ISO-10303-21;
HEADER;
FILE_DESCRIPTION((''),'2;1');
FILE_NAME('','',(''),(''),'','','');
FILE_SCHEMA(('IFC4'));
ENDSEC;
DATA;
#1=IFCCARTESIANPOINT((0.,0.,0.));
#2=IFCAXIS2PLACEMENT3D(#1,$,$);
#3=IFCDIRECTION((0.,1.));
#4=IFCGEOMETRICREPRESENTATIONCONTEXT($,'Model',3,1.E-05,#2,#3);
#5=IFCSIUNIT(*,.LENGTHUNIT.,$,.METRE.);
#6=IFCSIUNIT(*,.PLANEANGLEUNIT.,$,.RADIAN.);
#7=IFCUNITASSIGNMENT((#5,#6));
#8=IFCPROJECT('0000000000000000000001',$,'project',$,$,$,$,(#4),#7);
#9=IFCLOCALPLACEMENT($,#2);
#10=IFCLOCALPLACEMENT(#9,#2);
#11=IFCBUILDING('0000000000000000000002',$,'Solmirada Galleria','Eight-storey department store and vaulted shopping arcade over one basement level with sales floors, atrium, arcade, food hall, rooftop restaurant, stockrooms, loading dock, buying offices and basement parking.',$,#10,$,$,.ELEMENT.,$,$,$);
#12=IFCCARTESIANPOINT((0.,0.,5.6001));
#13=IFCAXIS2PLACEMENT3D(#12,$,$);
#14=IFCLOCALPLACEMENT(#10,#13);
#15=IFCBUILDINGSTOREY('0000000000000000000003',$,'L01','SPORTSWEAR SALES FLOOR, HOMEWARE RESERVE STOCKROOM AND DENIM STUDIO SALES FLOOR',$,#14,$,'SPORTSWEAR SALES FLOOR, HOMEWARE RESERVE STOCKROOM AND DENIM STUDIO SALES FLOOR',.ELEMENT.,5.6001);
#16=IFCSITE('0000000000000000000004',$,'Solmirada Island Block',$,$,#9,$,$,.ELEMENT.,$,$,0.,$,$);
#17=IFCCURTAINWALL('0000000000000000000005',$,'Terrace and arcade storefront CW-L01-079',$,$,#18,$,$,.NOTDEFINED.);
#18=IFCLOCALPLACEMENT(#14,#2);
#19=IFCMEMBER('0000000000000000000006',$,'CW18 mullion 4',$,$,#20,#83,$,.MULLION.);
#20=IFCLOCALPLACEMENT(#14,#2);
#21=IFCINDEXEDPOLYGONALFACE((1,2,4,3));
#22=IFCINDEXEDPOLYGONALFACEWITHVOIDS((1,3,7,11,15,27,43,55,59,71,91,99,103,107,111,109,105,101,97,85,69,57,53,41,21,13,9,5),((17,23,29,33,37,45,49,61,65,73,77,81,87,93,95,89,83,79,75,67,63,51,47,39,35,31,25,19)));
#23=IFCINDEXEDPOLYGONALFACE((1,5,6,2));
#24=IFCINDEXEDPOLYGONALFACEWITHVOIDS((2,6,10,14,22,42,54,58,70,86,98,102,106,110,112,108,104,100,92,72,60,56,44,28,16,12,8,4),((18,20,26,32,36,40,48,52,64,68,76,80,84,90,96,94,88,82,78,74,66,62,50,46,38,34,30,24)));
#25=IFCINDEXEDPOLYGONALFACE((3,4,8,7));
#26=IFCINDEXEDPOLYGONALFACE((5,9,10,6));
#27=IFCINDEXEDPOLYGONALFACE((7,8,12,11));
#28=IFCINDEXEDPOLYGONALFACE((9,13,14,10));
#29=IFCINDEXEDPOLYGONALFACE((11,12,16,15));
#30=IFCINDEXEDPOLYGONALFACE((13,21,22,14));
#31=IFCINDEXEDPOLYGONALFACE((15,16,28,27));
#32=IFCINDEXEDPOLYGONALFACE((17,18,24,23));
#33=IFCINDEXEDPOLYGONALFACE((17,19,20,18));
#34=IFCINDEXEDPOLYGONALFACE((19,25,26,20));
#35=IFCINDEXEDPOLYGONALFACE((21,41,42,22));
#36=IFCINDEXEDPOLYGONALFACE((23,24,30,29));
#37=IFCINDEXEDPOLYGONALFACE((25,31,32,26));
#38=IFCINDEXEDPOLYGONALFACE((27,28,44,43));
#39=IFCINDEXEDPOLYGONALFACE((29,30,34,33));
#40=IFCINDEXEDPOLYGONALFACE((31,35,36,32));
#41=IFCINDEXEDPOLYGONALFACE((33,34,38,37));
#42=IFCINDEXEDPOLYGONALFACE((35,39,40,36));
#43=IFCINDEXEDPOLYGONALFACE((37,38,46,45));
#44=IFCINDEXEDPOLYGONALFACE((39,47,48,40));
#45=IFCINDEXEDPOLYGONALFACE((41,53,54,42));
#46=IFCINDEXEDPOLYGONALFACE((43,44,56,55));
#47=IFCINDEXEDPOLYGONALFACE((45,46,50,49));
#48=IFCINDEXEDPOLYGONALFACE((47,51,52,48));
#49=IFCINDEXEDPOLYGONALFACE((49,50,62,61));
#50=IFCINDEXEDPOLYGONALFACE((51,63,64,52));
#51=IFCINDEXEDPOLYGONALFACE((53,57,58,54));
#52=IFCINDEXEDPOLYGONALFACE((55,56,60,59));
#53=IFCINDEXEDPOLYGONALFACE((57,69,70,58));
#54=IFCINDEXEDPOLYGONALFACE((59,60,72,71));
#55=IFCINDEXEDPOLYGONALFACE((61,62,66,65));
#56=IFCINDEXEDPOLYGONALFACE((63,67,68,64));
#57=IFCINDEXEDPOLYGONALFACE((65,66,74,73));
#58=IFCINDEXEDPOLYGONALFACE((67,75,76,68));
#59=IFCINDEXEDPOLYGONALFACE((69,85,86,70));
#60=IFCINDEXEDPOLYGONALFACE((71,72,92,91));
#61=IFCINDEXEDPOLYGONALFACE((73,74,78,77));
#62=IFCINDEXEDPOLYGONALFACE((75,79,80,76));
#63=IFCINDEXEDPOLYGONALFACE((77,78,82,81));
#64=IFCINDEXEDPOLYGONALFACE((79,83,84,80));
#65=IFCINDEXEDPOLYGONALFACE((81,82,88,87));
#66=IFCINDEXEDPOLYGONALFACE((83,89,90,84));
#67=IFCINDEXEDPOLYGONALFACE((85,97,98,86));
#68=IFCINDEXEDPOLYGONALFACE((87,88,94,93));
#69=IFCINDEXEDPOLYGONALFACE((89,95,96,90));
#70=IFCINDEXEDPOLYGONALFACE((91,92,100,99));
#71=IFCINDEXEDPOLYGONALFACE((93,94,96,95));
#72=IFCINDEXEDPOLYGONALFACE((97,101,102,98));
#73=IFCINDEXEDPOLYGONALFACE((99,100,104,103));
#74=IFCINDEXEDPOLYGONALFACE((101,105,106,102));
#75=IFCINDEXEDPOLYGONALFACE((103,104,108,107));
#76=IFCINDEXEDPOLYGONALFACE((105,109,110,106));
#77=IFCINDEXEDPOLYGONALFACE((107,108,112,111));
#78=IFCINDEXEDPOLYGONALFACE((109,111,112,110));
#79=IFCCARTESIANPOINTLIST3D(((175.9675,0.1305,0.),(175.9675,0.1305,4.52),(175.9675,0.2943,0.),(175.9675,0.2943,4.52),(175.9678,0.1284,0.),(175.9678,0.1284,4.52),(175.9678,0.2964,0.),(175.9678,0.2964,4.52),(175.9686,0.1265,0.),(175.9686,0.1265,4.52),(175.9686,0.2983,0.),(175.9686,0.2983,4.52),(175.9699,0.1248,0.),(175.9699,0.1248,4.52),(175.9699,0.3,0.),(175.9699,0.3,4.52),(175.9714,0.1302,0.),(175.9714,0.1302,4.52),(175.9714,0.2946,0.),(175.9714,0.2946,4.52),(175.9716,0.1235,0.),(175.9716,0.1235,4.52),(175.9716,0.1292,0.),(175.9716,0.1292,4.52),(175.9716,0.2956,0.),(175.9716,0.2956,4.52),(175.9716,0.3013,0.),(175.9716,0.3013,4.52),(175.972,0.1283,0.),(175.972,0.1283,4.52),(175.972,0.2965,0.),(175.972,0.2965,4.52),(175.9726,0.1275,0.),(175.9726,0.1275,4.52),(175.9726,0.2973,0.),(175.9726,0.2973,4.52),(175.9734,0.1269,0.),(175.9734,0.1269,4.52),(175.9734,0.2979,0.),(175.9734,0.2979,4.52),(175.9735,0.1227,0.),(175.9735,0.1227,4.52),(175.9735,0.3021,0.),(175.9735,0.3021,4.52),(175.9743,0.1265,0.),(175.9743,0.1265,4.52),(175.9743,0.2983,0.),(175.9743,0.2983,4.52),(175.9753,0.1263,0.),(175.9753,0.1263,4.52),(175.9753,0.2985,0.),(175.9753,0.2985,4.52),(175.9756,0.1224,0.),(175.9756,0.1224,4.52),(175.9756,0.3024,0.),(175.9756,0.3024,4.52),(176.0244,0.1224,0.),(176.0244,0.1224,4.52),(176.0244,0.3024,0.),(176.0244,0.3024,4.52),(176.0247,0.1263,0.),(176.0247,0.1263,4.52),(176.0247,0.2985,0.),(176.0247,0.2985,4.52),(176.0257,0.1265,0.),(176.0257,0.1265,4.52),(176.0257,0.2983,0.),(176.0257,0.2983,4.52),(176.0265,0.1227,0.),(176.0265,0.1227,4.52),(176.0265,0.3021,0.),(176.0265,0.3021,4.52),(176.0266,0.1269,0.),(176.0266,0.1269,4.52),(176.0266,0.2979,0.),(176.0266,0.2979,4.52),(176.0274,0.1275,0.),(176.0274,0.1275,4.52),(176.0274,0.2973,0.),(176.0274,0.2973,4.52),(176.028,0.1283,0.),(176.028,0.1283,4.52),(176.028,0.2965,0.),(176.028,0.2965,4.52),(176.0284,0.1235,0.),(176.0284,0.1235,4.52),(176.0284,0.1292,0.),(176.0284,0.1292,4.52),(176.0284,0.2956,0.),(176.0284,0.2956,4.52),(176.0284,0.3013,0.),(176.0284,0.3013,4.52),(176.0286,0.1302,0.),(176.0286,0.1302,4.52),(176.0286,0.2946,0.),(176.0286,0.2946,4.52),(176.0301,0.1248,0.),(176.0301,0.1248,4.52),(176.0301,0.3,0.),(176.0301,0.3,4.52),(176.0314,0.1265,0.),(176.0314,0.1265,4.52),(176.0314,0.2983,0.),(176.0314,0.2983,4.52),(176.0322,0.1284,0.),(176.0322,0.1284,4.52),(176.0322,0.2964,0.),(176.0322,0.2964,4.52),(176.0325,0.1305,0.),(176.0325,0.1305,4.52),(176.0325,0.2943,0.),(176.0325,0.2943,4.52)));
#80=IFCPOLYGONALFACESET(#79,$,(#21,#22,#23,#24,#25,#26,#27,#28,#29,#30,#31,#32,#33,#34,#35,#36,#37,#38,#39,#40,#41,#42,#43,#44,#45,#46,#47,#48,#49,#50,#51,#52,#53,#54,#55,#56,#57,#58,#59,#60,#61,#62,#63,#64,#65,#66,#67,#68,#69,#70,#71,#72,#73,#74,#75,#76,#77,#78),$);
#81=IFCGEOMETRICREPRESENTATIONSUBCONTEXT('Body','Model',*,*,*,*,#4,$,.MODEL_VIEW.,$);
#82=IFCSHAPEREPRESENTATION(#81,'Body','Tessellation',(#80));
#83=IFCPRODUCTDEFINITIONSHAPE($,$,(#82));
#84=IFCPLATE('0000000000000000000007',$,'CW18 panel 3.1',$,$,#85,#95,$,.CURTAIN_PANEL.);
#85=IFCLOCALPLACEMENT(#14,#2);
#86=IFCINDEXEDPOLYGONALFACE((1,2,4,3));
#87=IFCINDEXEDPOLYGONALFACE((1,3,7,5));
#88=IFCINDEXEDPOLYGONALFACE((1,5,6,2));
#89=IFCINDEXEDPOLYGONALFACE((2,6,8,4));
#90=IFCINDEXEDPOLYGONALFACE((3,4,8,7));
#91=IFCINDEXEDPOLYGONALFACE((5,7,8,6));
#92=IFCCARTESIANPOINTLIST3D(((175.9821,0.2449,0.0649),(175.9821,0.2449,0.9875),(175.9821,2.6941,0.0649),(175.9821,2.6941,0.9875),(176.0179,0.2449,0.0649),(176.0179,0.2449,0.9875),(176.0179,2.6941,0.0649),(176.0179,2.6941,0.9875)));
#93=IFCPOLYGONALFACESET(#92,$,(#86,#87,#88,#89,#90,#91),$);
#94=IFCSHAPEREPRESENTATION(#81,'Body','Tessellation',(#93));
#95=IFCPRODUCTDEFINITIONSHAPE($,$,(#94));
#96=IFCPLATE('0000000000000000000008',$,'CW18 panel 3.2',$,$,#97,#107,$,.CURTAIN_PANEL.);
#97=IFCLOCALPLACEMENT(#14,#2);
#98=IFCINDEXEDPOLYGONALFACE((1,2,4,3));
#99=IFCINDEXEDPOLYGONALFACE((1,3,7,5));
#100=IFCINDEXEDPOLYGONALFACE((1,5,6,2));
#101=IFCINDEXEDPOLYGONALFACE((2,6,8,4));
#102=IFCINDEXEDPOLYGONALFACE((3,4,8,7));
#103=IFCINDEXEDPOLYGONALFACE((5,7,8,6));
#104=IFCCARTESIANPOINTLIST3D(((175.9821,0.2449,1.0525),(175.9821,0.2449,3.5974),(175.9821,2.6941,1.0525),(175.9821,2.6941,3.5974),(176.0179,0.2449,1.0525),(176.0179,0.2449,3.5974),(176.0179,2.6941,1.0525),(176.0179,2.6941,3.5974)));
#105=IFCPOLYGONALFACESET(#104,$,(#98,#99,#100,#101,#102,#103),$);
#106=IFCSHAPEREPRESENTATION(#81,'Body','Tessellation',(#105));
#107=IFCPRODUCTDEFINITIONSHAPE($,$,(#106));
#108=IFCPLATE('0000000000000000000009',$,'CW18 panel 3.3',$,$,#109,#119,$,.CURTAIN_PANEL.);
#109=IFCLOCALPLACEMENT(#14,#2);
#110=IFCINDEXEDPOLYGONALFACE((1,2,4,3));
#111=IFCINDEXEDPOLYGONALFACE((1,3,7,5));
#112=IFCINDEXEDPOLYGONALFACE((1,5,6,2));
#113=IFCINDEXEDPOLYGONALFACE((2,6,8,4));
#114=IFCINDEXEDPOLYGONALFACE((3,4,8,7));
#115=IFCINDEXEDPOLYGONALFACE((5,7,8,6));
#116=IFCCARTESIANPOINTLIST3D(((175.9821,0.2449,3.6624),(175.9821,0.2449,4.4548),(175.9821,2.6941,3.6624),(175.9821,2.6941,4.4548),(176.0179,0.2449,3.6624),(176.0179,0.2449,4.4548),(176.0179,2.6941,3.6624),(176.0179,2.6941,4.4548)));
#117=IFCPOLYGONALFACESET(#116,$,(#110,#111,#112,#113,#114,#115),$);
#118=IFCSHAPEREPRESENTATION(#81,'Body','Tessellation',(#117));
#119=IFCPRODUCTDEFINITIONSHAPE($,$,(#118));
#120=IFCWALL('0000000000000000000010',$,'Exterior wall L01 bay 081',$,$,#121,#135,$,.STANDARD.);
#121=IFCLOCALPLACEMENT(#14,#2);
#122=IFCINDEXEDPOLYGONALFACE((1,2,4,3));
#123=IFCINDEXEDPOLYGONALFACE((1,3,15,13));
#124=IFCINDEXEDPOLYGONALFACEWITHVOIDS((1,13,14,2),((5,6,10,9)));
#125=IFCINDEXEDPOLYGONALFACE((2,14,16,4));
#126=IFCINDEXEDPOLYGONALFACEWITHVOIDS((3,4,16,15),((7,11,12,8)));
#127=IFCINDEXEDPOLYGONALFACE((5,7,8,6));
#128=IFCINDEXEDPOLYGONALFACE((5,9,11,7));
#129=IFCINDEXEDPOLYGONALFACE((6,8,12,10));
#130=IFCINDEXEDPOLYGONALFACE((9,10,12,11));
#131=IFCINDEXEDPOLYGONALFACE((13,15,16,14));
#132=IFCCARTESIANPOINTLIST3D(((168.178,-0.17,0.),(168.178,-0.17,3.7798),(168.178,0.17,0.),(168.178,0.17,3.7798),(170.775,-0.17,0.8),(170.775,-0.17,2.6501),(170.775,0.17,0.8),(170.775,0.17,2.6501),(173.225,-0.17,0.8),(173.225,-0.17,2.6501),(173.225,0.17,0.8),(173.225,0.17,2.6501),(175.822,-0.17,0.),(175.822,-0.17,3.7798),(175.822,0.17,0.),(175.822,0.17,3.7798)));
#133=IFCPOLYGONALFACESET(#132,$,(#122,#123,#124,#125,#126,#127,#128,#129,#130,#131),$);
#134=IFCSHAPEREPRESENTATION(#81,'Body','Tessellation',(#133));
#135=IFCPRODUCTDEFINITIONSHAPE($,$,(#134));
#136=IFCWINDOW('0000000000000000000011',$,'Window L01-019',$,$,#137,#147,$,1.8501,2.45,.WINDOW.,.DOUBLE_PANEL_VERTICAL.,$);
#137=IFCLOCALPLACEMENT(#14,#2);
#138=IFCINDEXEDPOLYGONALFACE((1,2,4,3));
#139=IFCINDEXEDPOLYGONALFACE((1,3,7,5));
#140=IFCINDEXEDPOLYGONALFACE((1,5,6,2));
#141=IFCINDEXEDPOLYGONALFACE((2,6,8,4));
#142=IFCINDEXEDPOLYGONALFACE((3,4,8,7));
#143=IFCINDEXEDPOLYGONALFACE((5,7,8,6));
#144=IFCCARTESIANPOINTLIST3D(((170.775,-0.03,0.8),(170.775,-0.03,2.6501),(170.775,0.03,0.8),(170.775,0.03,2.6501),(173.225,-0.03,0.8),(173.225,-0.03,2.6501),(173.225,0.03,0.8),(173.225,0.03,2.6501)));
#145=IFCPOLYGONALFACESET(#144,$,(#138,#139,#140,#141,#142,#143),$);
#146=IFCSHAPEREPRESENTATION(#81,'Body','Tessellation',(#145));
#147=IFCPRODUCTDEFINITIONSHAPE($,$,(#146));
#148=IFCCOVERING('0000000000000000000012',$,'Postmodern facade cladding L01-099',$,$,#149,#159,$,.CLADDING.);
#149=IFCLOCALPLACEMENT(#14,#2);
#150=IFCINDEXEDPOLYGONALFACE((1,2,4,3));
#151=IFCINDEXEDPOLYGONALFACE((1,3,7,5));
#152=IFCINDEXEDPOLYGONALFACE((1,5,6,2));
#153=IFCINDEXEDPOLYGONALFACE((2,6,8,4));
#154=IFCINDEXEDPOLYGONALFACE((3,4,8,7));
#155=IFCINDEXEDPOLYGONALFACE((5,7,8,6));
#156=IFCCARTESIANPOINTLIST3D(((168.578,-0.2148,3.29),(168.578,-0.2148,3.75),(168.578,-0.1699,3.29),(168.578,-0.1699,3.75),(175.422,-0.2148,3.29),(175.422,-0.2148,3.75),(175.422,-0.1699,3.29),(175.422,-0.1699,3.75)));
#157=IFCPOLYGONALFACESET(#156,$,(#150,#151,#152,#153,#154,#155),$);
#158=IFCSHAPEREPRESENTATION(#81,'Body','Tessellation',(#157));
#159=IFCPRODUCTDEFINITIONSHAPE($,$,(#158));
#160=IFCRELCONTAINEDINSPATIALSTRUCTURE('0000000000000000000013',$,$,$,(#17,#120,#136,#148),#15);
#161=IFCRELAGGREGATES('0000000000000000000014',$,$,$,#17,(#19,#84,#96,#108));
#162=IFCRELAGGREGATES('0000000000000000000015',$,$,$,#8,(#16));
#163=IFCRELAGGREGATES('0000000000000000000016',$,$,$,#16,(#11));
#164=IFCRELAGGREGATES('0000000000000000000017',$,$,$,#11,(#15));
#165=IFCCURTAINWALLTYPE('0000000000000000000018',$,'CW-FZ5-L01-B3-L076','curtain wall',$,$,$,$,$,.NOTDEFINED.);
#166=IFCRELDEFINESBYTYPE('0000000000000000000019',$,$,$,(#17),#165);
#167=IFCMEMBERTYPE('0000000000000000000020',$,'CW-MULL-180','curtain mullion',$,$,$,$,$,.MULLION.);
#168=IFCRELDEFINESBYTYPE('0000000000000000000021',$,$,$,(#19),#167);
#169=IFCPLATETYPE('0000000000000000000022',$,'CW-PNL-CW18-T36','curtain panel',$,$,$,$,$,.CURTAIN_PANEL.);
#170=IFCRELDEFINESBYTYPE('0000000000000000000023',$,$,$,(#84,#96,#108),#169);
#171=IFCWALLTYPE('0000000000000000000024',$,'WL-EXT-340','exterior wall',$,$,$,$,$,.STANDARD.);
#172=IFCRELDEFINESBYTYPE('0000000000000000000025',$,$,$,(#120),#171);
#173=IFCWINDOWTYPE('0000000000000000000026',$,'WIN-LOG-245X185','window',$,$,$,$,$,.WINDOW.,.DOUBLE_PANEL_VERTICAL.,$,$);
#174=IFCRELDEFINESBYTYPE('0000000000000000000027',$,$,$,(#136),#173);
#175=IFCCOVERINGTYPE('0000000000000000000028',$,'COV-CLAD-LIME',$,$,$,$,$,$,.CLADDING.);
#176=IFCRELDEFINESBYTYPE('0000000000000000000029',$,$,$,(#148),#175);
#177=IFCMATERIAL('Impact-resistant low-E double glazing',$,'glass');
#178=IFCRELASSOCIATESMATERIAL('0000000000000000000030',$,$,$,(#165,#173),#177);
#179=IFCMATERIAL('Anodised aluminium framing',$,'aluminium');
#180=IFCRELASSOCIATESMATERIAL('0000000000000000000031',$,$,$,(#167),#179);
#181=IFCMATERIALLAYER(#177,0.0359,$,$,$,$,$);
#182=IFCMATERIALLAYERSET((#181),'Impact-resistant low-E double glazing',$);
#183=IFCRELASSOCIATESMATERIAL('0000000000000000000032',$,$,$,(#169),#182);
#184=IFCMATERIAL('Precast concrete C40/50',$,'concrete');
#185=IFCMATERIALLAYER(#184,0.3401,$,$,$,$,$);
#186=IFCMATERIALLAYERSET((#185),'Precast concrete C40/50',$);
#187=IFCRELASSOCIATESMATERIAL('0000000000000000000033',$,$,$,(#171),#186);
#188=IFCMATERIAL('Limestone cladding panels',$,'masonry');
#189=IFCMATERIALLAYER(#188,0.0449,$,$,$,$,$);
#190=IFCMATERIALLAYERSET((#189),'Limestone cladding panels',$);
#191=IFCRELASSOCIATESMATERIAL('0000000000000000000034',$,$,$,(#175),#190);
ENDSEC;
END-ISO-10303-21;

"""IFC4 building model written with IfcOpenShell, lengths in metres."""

from ifc_helpers import new_model, si_unit, direction, frame, frame_2d, origin, origin_2d, place, context, subcontext, project, spatial, rectangle, hollow_rectangle, extrude, material, layer, layer_set, material_profile, profile_set, type_object, element, fill, aggregate, save


model = new_model("IFC4")

# Units and contexts
model_context = context("Model", 3, precision=1e-05, world=origin(), true_north=direction((0.0, 1.0)))
body_context = subcontext(model_context, "Body", "Model", "MODEL_VIEW")
ifc_project = project(units=[si_unit("LENGTHUNIT", "METRE"), si_unit("PLANEANGLEUNIT", "RADIAN")], contexts=[model_context])

# Site, building, storey
site_placement = place(None, origin())
site = spatial("IfcSite", under=ifc_project, at=site_placement, Name="Solmirada Island Block", CompositionType="ELEMENT", RefElevation=0.0)
building_placement = place(site_placement, origin())
building = spatial("IfcBuilding", under=site, at=building_placement, Name="Solmirada Galleria", Description="Eight-storey department store and vaulted shopping arcade over one basement level with sales floors, atrium, arcade, food hall, rooftop restaurant, stockrooms, loading dock, buying offices and basement parking.", CompositionType="ELEMENT")
storey_placement = place(building_placement, frame((0.0, 0.0, 5.6001)))
storey = spatial("IfcBuildingStorey", under=building, at=storey_placement, Name="L01", Description="SPORTSWEAR SALES FLOOR, HOMEWARE RESERVE STOCKROOM AND DENIM STUDIO SALES FLOOR", LongName="SPORTSWEAR SALES FLOOR, HOMEWARE RESERVE STOCKROOM AND DENIM STUDIO SALES FLOOR", CompositionType="ELEMENT", Elevation=5.6001)

# Curtain wall, member, plates
ifc_material_1 = material(Name="Impact-resistant low-E double glazing", Category="glass")
curtain_wall_type = type_object("IfcCurtainWallType", Name="CW-FZ5-L01-B3-L076", Description="curtain wall", PredefinedType="NOTDEFINED", material=ifc_material_1)
curtain_wall_placement = place(storey_placement, origin())
curtain_wall = element("IfcCurtainWall", 1, at=curtain_wall_placement, inside=storey, type_object=curtain_wall_type, Name="Terrace and arcade storefront CW-L01-079", PredefinedType="NOTDEFINED")
ifc_material_2 = material(Name="Anodised aluminium framing", Category="aluminium")
ifc_material_profile_1 = material_profile(ifc_material_2, hollow_rectangle(XDim=0.0649, YDim=0.1799, WallThickness=0.0039, InnerFilletRadius=0.0039, OuterFilletRadius=0.0081, at=origin_2d()), Name="ALU-MULL-180X65")
ifc_profile_set_1 = profile_set([ifc_material_profile_1], Name="Anodised aluminium framing")
member_type = type_object("IfcMemberType", Name="CW-MULL-180", Description="curtain mullion", PredefinedType="MULLION", material=ifc_profile_set_1)
member_placement = place(storey_placement, frame((176.0, 0.2124, 0.0), z_axis=(0.0, 0.0, 1.0), x_axis=(1.0, 0.0, 0.0)))
member = element("IfcMember", 2, at=member_placement, type_object=member_type, Name="CW18 mullion 4", PredefinedType="MULLION", context=body_context, shape_type="SweptSolid", body=[
    extrude(hollow_rectangle(XDim=0.0649, YDim=0.1799, WallThickness=0.0039, InnerFilletRadius=0.0039, OuterFilletRadius=0.0081, at=origin_2d()), origin(), (0.0, 0.0, 1.0), 4.52),
])
ifc_layer_1 = layer(ifc_material_1, 0.0359)
ifc_layer_set_1 = layer_set([ifc_layer_1], Name="Impact-resistant low-E double glazing")
plate_type = type_object("IfcPlateType", Name="CW-PNL-CW18-T36", Description="curtain panel", PredefinedType="CURTAIN_PANEL", material=ifc_layer_set_1)
plate_1_placement = place(storey_placement, frame((176.0, 1.4695, 0.0649), z_axis=(0.0, 0.0, 1.0), x_axis=(0.0, -1.0, 0.0)))
plate_1 = element("IfcPlate", 3, at=plate_1_placement, type_object=plate_type, Name="CW18 panel 3.1", PredefinedType="CURTAIN_PANEL", context=body_context, shape_type="SweptSolid", body=[
    extrude(rectangle(XDim=2.4492, YDim=0.0359, at=origin_2d()), origin(), (0.0, 0.0, 1.0), 0.9226),
])
plate_2_placement = place(storey_placement, frame((176.0, 1.4695, 1.0525), z_axis=(0.0, 0.0, 1.0), x_axis=(0.0, -1.0, 0.0)))
plate_2 = element("IfcPlate", 4, at=plate_2_placement, type_object=plate_type, Name="CW18 panel 3.2", PredefinedType="CURTAIN_PANEL", context=body_context, shape_type="SweptSolid", body=[
    extrude(rectangle(XDim=2.4492, YDim=0.0359, at=origin_2d()), origin(), (0.0, 0.0, 1.0), 2.5449),
])
plate_3_placement = place(storey_placement, frame((176.0, 1.4695, 3.6624), z_axis=(0.0, 0.0, 1.0), x_axis=(0.0, -1.0, 0.0)))
plate_3 = element("IfcPlate", 5, at=plate_3_placement, type_object=plate_type, Name="CW18 panel 3.3", PredefinedType="CURTAIN_PANEL", context=body_context, shape_type="SweptSolid", body=[
    extrude(rectangle(XDim=2.4492, YDim=0.0359, at=origin_2d()), origin(), (0.0, 0.0, 1.0), 0.7925),
])
aggregate(curtain_wall, [member, plate_1, plate_2, plate_3])

# Wall, opening, window
ifc_material_3 = material(Name="Precast concrete C40/50", Category="concrete")
ifc_layer_2 = layer(ifc_material_3, 0.3401)
ifc_layer_set_2 = layer_set([ifc_layer_2], Name="Precast concrete C40/50")
wall_type = type_object("IfcWallType", Name="WL-EXT-340", Description="exterior wall", PredefinedType="STANDARD", material=ifc_layer_set_2)
wall_placement = place(storey_placement, frame((175.822, 0.0, 0.0), z_axis=(0.0, 0.0, 1.0), x_axis=(-1.0, 0.0, 0.0)))
wall = element("IfcWall", 6, at=wall_placement, inside=storey, type_object=wall_type, Name="Exterior wall L01 bay 081", PredefinedType="STANDARD", context=body_context, shape_type="SweptSolid", body=[
    extrude(rectangle(XDim=7.644, YDim=0.3401, at=frame_2d((3.822, 0.0))), origin(), (0.0, 0.0, 1.0), 3.7798),
])
opening_placement = place(wall_placement, frame((2.5969, 0.0, 0.8)))
opening = element("IfcOpeningElement", 7, at=opening_placement, cuts=wall, PredefinedType="OPENING", context=body_context, shape_type="SweptSolid", body=[
    extrude(rectangle(XDim=2.45, YDim=1.8501, at=frame_2d((1.2251, 0.925))), frame((0.0, 0.1799, 0.0), z_axis=(0.0, -1.0, 0.0), x_axis=(1.0, 0.0, 0.0)), (0.0, 0.0, 1.0), 0.3601),
])
window_type = type_object("IfcWindowType", Name="WIN-LOG-245X185", Description="window", PartitioningType="DOUBLE_PANEL_VERTICAL", PredefinedType="WINDOW", material=ifc_material_1)
window_placement = place(opening_placement, origin())
window = element("IfcWindow", 8, at=window_placement, inside=storey, type_object=window_type, Name="Window L01-019", OverallHeight=1.8501, OverallWidth=2.45, PartitioningType="DOUBLE_PANEL_VERTICAL", PredefinedType="WINDOW", context=body_context, shape_type="SweptSolid", body=[
    extrude(rectangle(XDim=2.45, YDim=1.8501, at=frame_2d((1.2251, 0.925))), frame((0.0, 0.03, 0.0), z_axis=(0.0, -1.0, 0.0), x_axis=(1.0, 0.0, 0.0)), (0.0, 0.0, 1.0), 0.0601),
])
fill(opening, window)

# Covering
ifc_material_4 = material(Name="Limestone cladding panels", Category="masonry")
ifc_layer_3 = layer(ifc_material_4, 0.0449)
ifc_layer_set_3 = layer_set([ifc_layer_3], Name="Limestone cladding panels")
covering_type = type_object("IfcCoveringType", Name="COV-CLAD-LIME", PredefinedType="CLADDING", material=ifc_layer_set_3)
covering_placement = place(storey_placement, frame((172.0, -0.1924, 3.29), z_axis=(0.0, 0.0, 1.0), x_axis=(-1.0, 0.0, 0.0)))
element("IfcCovering", 9, at=covering_placement, inside=storey, type_object=covering_type, Name="Postmodern facade cladding L01-099", PredefinedType="CLADDING", context=body_context, shape_type="SweptSolid", body=[
    extrude(rectangle(XDim=6.844, YDim=0.0449, at=origin_2d()), origin(), (0.0, 0.0, 1.0), 0.46),
])

save(model, "model.ifc")
